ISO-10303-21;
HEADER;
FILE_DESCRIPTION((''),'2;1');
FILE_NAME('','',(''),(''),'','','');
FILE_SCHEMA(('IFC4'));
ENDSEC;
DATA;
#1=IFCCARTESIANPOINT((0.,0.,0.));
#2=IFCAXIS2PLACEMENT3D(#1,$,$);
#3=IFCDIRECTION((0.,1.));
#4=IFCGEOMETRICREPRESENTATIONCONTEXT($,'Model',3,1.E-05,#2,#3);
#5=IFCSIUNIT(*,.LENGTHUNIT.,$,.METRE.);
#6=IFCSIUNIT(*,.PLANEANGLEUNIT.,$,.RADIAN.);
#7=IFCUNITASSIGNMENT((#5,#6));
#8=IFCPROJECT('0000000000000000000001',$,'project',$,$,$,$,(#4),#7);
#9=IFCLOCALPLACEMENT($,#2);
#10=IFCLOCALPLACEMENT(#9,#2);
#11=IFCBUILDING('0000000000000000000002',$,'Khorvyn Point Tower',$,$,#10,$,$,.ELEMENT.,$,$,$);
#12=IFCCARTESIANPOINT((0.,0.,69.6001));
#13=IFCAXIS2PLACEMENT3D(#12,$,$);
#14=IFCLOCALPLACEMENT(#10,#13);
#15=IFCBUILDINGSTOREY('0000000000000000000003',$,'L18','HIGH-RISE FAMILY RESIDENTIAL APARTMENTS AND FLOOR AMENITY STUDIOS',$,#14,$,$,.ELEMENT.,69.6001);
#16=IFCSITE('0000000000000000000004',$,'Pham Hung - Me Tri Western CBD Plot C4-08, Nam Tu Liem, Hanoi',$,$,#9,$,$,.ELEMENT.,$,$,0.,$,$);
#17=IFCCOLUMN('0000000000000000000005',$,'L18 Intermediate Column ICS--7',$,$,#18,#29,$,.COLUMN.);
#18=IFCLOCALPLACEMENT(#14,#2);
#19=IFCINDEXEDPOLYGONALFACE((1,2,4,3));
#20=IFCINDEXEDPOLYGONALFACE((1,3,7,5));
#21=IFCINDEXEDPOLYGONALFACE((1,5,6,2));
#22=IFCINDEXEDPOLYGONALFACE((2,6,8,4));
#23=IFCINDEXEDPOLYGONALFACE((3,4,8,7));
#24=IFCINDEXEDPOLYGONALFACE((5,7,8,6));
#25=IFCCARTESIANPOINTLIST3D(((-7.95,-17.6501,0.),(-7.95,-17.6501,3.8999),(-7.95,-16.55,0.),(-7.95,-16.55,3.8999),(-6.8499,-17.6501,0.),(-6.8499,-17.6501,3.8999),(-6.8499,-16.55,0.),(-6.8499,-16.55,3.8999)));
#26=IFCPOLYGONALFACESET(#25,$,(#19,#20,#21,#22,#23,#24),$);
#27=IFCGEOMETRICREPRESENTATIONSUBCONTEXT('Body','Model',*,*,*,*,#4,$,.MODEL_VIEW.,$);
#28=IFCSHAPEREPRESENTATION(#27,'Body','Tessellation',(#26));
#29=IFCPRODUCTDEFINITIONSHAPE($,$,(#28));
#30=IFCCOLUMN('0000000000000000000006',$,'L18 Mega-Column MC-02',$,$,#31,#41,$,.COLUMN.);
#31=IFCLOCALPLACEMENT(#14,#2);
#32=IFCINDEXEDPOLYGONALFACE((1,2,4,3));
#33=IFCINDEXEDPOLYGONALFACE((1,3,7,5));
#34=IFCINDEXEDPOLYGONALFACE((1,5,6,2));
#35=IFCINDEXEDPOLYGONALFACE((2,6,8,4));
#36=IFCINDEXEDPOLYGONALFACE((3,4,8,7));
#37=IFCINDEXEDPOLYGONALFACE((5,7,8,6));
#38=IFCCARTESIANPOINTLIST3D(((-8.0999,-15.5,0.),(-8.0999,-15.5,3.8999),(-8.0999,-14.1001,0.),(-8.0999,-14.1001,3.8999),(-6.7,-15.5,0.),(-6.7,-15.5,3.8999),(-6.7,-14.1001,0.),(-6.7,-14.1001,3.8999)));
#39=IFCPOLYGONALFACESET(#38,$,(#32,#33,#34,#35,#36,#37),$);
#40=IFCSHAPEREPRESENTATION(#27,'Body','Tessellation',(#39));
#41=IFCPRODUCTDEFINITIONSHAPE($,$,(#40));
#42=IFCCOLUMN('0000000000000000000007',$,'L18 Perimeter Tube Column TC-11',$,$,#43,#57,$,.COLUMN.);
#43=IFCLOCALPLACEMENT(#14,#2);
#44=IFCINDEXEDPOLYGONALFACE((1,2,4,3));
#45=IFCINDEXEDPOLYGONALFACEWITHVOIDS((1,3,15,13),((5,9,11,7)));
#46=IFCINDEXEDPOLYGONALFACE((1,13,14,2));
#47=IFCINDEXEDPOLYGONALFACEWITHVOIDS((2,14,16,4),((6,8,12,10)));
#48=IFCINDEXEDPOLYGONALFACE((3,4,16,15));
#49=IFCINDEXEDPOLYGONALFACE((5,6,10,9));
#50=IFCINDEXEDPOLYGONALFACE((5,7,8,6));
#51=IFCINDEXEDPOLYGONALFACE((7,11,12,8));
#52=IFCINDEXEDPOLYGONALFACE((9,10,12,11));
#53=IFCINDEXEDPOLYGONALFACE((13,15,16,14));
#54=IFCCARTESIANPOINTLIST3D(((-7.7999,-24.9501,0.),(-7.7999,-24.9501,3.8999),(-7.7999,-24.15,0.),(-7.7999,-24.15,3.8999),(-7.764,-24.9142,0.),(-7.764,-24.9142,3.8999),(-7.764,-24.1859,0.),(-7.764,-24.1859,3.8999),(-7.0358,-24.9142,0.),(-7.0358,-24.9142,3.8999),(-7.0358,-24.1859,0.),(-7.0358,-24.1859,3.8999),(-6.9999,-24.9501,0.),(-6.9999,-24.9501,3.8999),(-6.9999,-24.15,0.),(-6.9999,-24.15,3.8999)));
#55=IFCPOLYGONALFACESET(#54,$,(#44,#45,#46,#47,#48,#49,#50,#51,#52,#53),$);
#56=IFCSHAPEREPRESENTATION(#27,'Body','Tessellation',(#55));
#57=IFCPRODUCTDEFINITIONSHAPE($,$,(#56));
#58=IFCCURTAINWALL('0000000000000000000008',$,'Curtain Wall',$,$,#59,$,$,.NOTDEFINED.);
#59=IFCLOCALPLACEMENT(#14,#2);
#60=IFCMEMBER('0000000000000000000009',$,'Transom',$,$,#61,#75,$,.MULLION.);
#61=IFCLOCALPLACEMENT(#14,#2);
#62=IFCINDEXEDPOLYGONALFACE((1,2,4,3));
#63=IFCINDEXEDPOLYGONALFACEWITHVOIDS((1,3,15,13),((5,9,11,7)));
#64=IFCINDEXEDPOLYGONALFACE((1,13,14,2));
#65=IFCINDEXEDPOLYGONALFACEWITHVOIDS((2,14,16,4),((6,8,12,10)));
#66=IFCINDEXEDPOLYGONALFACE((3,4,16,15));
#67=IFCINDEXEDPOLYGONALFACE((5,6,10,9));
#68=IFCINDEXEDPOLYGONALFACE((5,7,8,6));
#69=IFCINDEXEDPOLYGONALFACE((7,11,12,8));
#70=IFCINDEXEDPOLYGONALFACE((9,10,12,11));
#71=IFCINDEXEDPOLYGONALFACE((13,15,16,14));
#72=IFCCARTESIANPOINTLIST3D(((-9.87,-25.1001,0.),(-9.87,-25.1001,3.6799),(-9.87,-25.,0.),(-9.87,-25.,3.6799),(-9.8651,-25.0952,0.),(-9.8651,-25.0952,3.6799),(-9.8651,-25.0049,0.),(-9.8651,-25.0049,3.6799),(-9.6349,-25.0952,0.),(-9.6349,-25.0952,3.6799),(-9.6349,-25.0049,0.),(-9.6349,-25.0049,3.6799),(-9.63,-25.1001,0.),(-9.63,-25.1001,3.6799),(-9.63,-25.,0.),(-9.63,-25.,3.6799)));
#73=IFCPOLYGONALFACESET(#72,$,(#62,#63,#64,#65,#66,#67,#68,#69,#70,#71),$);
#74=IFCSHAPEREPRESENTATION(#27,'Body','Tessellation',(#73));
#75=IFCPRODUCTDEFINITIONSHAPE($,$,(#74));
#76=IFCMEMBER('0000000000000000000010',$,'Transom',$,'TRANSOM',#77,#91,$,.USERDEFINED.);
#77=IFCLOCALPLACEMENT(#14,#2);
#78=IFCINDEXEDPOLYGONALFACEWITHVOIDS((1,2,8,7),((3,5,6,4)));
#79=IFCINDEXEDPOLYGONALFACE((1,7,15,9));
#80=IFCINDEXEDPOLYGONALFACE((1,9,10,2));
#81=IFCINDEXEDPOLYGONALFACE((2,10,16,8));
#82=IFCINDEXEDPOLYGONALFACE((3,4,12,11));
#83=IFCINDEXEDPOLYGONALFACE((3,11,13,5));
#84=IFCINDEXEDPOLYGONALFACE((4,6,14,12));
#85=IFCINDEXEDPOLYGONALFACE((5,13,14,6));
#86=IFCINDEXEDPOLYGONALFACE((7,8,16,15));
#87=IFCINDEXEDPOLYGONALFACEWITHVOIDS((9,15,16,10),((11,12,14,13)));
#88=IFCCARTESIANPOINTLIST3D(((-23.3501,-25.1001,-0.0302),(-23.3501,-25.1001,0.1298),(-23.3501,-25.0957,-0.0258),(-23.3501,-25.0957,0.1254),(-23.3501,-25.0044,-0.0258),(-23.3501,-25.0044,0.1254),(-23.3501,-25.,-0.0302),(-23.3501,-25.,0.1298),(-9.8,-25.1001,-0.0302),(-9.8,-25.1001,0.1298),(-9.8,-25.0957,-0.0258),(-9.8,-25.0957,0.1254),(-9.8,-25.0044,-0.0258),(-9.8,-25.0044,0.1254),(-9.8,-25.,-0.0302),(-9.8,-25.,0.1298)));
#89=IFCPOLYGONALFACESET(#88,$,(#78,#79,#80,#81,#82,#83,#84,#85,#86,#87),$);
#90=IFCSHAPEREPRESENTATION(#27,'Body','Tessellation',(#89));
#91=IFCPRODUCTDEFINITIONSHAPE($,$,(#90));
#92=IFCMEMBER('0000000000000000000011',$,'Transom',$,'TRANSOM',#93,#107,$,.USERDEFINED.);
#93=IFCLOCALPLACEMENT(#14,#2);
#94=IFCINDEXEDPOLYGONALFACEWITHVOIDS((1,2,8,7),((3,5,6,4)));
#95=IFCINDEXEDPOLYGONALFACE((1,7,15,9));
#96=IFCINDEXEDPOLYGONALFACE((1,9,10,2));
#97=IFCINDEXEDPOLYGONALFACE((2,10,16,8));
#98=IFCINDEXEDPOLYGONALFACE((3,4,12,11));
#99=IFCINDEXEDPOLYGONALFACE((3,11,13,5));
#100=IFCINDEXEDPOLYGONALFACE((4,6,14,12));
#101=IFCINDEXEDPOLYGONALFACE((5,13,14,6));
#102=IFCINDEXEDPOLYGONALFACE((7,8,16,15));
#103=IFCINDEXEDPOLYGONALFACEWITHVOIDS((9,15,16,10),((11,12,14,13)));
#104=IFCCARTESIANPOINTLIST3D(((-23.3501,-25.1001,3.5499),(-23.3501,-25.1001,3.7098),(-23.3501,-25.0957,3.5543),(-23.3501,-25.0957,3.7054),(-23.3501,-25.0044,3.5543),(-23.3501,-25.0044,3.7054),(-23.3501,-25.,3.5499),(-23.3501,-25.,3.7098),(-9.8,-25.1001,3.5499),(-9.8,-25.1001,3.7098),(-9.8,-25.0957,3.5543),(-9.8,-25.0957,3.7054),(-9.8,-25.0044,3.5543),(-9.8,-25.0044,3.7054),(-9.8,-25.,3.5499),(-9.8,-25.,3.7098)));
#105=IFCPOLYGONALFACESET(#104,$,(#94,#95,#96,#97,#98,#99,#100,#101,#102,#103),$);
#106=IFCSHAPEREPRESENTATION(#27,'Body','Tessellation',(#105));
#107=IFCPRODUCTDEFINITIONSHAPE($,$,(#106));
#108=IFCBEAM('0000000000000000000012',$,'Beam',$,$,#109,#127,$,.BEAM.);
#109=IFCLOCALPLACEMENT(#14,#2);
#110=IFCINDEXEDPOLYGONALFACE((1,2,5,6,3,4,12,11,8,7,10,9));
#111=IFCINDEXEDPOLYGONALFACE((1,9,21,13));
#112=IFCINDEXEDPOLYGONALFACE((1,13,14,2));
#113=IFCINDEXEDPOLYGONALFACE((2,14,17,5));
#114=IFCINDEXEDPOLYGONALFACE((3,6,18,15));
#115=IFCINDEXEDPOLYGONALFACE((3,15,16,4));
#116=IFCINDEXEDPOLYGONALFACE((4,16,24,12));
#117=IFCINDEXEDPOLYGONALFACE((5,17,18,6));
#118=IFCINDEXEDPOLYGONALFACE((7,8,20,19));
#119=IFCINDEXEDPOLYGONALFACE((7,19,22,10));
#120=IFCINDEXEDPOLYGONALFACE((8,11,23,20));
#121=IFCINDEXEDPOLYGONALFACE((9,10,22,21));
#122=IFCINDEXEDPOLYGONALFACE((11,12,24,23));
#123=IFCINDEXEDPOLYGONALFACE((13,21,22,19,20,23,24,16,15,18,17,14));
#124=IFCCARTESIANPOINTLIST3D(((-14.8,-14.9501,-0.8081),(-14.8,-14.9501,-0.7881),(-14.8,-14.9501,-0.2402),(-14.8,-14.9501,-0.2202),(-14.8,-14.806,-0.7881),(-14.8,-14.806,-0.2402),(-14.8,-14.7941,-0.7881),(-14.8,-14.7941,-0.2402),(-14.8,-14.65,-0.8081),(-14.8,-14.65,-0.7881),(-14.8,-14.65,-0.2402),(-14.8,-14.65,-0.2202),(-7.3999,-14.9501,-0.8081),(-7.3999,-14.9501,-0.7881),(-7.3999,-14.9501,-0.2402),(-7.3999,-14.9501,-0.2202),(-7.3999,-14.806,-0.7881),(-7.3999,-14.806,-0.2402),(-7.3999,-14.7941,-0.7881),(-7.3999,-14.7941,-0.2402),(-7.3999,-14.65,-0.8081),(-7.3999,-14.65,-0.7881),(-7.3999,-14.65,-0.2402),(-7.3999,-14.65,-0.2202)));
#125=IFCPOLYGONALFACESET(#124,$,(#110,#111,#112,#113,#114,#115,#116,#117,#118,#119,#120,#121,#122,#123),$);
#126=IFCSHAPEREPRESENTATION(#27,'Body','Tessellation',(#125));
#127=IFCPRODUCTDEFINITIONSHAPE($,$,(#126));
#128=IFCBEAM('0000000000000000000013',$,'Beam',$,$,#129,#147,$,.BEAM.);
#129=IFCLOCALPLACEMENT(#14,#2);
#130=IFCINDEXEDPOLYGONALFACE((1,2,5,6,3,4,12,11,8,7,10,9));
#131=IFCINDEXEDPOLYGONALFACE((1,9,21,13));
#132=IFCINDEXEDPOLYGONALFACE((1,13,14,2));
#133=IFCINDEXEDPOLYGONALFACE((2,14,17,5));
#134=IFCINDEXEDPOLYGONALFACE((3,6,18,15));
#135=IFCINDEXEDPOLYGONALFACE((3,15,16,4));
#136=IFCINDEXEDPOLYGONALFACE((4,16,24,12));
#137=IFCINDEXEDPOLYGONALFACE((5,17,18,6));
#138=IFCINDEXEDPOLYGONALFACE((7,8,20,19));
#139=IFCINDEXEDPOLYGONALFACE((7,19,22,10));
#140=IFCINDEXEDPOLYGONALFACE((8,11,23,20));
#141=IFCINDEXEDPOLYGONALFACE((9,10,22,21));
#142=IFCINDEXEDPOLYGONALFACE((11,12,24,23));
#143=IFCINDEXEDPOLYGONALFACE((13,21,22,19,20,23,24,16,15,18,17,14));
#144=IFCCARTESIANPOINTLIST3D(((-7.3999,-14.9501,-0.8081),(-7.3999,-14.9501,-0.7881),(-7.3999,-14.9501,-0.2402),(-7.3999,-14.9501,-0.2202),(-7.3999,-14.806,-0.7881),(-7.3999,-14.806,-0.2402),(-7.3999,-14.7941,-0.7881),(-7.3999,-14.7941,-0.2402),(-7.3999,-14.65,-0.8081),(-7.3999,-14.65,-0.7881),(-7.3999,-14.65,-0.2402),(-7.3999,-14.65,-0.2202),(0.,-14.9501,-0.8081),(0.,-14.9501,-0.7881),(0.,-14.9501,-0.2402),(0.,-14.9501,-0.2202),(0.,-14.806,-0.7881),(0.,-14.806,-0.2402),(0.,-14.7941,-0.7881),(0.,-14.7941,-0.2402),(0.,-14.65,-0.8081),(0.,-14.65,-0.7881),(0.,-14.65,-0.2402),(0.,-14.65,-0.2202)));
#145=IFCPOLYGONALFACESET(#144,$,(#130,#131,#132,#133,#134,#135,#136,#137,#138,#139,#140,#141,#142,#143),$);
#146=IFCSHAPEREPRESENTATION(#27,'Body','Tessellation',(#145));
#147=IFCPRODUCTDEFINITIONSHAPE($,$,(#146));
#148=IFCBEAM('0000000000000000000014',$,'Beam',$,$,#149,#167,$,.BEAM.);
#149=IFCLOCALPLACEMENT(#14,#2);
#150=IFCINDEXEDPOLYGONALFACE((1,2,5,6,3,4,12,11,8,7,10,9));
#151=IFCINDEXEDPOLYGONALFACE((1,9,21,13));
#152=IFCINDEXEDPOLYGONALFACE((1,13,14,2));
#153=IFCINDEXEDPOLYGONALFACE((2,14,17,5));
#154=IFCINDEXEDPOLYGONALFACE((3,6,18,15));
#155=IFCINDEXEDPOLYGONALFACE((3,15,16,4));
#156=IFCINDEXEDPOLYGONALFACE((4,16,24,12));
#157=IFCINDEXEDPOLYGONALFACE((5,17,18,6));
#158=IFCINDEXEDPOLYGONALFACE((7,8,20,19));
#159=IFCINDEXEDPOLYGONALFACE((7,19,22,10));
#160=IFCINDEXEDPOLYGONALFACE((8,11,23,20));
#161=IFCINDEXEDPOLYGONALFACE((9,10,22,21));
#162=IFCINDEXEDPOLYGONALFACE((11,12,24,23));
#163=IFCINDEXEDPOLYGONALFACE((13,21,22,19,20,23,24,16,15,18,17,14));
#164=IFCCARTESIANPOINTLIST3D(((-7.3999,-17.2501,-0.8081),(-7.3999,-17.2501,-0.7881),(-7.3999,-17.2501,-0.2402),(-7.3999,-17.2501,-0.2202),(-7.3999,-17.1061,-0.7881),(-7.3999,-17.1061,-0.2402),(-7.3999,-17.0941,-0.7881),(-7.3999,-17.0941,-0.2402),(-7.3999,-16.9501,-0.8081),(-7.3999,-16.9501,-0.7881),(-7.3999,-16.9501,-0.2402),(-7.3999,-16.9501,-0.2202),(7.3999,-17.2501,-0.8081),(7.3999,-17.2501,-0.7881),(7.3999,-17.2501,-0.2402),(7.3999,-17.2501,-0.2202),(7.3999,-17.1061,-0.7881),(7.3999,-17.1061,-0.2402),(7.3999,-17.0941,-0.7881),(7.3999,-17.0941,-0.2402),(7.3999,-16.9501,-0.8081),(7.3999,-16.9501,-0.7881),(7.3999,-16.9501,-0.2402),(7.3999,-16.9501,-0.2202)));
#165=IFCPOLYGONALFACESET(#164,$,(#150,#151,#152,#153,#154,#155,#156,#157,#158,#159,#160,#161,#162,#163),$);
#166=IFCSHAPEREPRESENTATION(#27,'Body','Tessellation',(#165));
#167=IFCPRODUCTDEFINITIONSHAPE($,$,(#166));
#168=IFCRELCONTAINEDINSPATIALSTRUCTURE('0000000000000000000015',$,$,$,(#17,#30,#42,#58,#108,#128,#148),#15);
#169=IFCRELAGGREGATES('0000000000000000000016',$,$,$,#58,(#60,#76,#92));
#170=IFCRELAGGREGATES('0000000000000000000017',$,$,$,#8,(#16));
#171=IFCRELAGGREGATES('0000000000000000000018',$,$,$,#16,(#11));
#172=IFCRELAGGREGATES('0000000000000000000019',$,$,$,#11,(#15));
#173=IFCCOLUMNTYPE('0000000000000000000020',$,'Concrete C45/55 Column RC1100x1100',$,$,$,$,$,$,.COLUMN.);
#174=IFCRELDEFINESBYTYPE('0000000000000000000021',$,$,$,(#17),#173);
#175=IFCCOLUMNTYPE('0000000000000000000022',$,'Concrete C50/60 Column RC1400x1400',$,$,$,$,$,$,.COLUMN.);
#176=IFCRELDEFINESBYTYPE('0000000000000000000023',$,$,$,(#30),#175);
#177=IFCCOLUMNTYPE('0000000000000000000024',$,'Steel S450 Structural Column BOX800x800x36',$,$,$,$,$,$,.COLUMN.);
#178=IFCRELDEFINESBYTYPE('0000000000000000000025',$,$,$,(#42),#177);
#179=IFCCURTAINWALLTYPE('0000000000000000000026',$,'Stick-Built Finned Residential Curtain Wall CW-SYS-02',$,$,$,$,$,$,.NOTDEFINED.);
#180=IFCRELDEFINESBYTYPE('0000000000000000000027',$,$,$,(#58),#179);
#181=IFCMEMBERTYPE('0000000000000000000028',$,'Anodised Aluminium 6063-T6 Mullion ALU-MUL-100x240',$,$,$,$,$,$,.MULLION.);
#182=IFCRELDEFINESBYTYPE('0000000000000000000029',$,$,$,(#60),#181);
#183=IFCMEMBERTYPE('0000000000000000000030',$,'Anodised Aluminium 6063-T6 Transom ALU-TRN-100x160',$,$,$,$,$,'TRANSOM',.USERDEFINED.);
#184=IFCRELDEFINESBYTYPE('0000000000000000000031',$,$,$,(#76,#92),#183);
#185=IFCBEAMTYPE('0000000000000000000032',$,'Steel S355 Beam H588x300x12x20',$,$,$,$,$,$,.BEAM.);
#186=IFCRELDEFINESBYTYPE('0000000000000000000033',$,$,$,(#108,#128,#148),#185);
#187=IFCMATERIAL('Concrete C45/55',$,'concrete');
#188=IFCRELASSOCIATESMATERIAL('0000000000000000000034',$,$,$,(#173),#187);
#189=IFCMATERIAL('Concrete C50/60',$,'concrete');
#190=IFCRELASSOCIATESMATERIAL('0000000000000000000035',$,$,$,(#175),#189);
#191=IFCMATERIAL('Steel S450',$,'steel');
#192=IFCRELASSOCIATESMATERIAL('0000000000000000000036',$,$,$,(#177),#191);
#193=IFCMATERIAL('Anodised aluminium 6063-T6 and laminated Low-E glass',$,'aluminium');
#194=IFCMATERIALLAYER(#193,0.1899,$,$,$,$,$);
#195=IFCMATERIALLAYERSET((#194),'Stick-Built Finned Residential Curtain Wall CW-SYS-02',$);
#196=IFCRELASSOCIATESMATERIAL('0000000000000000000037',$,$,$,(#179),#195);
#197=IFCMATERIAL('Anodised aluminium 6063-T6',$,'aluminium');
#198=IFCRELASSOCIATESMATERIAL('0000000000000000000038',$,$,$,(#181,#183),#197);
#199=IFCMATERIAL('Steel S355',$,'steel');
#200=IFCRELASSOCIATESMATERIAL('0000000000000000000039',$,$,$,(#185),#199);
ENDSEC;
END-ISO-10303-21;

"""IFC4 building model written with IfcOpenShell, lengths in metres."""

from ifc_helpers import new_model, si_unit, direction, frame, origin, origin_2d, place, context, subcontext, project, spatial, rectangle, hollow_rectangle, i_section, extrude, material, layer, layer_set, material_profile, profile_set, type_object, element, aggregate, save


model = new_model("IFC4")

# Units and contexts
model_context = context("Model", 3, precision=1e-05, world=origin(), true_north=direction((0.0, 1.0)))
body_context = subcontext(model_context, "Body", "Model", "MODEL_VIEW")
ifc_project = project(units=[si_unit("LENGTHUNIT", "METRE"), si_unit("PLANEANGLEUNIT", "RADIAN")], contexts=[model_context])

# Site, building, storey
site_placement = place(None, origin())
site = spatial("IfcSite", under=ifc_project, at=site_placement, Name="Pham Hung - Me Tri Western CBD Plot C4-08, Nam Tu Liem, Hanoi", CompositionType="ELEMENT", RefElevation=0.0)
building_placement = place(site_placement, origin())
building = spatial("IfcBuilding", under=site, at=building_placement, Name="Khorvyn Point Tower", CompositionType="ELEMENT")
storey_placement = place(building_placement, frame((0.0, 0.0, 69.6001)))
storey = spatial("IfcBuildingStorey", under=building, at=storey_placement, Name="L18", Description="HIGH-RISE FAMILY RESIDENTIAL APARTMENTS AND FLOOR AMENITY STUDIOS", CompositionType="ELEMENT", Elevation=69.6001)

# Columns
ifc_material_1 = material(Name="Concrete C45/55", Category="concrete")
ifc_material_profile_1 = material_profile(ifc_material_1, rectangle(XDim=1.1001, YDim=1.1001, at=origin_2d()))
ifc_profile_set_1 = profile_set([ifc_material_profile_1], Name="Concrete C45/55 RC1100x1100")
column_type_1 = type_object("IfcColumnType", Name="Concrete C45/55 Column RC1100x1100", PredefinedType="COLUMN", material=ifc_profile_set_1)
column_1_placement = place(storey_placement, frame((-7.3999, -17.1001, 0.0), z_axis=(0.0, 0.0, 1.0), x_axis=(1.0, 0.0, 0.0)))
element("IfcColumn", 1, at=column_1_placement, inside=storey, type_object=column_type_1, Name="L18 Intermediate Column ICS--7", PredefinedType="COLUMN", context=body_context, shape_type="SweptSolid", body=[
    extrude(rectangle(XDim=1.1001, YDim=1.1001, at=origin_2d()), origin(), (0.0, 0.0, 1.0), 3.8999),
])
ifc_material_2 = material(Name="Concrete C50/60", Category="concrete")
ifc_material_profile_2 = material_profile(ifc_material_2, rectangle(XDim=1.3999, YDim=1.3999, at=origin_2d()))
ifc_profile_set_2 = profile_set([ifc_material_profile_2], Name="Concrete C50/60 RC1400x1400")
column_type_2 = type_object("IfcColumnType", Name="Concrete C50/60 Column RC1400x1400", PredefinedType="COLUMN", material=ifc_profile_set_2)
column_2_placement = place(storey_placement, frame((-7.3999, -14.8, 0.0), z_axis=(0.0, 0.0, 1.0), x_axis=(1.0, 0.0, 0.0)))
element("IfcColumn", 2, at=column_2_placement, inside=storey, type_object=column_type_2, Name="L18 Mega-Column MC-02", PredefinedType="COLUMN", context=body_context, shape_type="SweptSolid", body=[
    extrude(rectangle(XDim=1.3999, YDim=1.3999, at=origin_2d()), origin(), (0.0, 0.0, 1.0), 3.8999),
])
ifc_material_3 = material(Name="Steel S450", Category="steel")
ifc_material_profile_3 = material_profile(ifc_material_3, hollow_rectangle(XDim=0.8, YDim=0.8, WallThickness=0.0359, at=origin_2d()))
ifc_profile_set_3 = profile_set([ifc_material_profile_3], Name="Steel S450 BOX800x800x36")
column_type_3 = type_object("IfcColumnType", Name="Steel S450 Structural Column BOX800x800x36", PredefinedType="COLUMN", material=ifc_profile_set_3)
column_3_placement = place(storey_placement, frame((-7.3999, -24.55, 0.0), z_axis=(0.0, 0.0, 1.0), x_axis=(1.0, 0.0, 0.0)))
element("IfcColumn", 3, at=column_3_placement, inside=storey, type_object=column_type_3, Name="L18 Perimeter Tube Column TC-11", PredefinedType="COLUMN", context=body_context, shape_type="SweptSolid", body=[
    extrude(hollow_rectangle(XDim=0.8, YDim=0.8, WallThickness=0.0359, at=origin_2d()), origin(), (0.0, 0.0, 1.0), 3.8999),
])

# Curtain wall, members
ifc_material_4 = material(Name="Anodised aluminium 6063-T6 and laminated Low-E glass", Category="aluminium")
ifc_layer_1 = layer(ifc_material_4, 0.1899)
ifc_layer_set_1 = layer_set([ifc_layer_1], Name="Stick-Built Finned Residential Curtain Wall CW-SYS-02")
curtain_wall_type = type_object("IfcCurtainWallType", Name="Stick-Built Finned Residential Curtain Wall CW-SYS-02", PredefinedType="NOTDEFINED", material=ifc_layer_set_1)
curtain_wall_placement = place(storey_placement, origin())
curtain_wall = element("IfcCurtainWall", 4, at=curtain_wall_placement, inside=storey, type_object=curtain_wall_type, Name="Curtain Wall", PredefinedType="NOTDEFINED")
ifc_material_5 = material(Name="Anodised aluminium 6063-T6", Category="aluminium")
ifc_material_profile_4 = material_profile(ifc_material_5, hollow_rectangle(XDim=0.1001, YDim=0.24, WallThickness=0.0049, at=origin_2d()))
ifc_profile_set_4 = profile_set([ifc_material_profile_4], Name="Anodised aluminium 6063-T6 ALU-MUL-100x240")
member_type_1 = type_object("IfcMemberType", Name="Anodised Aluminium 6063-T6 Mullion ALU-MUL-100x240", PredefinedType="MULLION", material=ifc_profile_set_4)
member_1_placement = place(storey_placement, frame((-9.75, -25.05, 0.0), z_axis=(0.0, 0.0, 1.0), x_axis=(0.0, -1.0, 0.0)))
member_1 = element("IfcMember", 5, at=member_1_placement, type_object=member_type_1, Name="Transom", PredefinedType="MULLION", context=body_context, shape_type="SweptSolid", body=[
    extrude(hollow_rectangle(XDim=0.1001, YDim=0.24, WallThickness=0.0049, at=origin_2d()), origin(), (0.0, 0.0, 1.0), 3.6799),
])
ifc_material_profile_5 = material_profile(ifc_material_5, hollow_rectangle(XDim=0.1001, YDim=0.1599, WallThickness=0.0044, at=origin_2d()))
ifc_profile_set_5 = profile_set([ifc_material_profile_5], Name="Anodised aluminium 6063-T6 ALU-TRN-100x160")
member_type_2 = type_object("IfcMemberType", Name="Anodised Aluminium 6063-T6 Transom ALU-TRN-100x160", ElementType="TRANSOM", PredefinedType="USERDEFINED", material=ifc_profile_set_5)
member_2_placement = place(storey_placement, frame((-9.8, -25.05, 0.0498), z_axis=(-1.0, 0.0, 0.0), x_axis=(0.0, -1.0, 0.0)))
member_2 = element("IfcMember", 6, at=member_2_placement, type_object=member_type_2, Name="Transom", ObjectType="TRANSOM", PredefinedType="USERDEFINED", context=body_context, shape_type="SweptSolid", body=[
    extrude(hollow_rectangle(XDim=0.1001, YDim=0.1599, WallThickness=0.0044, at=origin_2d()), origin(), (0.0, 0.0, 1.0), 13.55),
])
member_3_placement = place(storey_placement, frame((-9.8, -25.05, 3.6299), z_axis=(-1.0, 0.0, 0.0), x_axis=(0.0, -1.0, 0.0)))
member_3 = element("IfcMember", 7, at=member_3_placement, type_object=member_type_2, Name="Transom", ObjectType="TRANSOM", PredefinedType="USERDEFINED", context=body_context, shape_type="SweptSolid", body=[
    extrude(hollow_rectangle(XDim=0.1001, YDim=0.1599, WallThickness=0.0044, at=origin_2d()), origin(), (0.0, 0.0, 1.0), 13.55),
])

# Beams
ifc_material_6 = material(Name="Steel S355", Category="steel")
ifc_material_profile_6 = material_profile(ifc_material_6, i_section(OverallWidth=0.3, OverallDepth=0.5879, WebThickness=0.012, FlangeThickness=0.02, at=origin_2d()))
ifc_profile_set_6 = profile_set([ifc_material_profile_6], Name="Steel S355 H588x300x12x20")
beam_type_1 = type_object("IfcBeamType", Name="Steel S355 Beam H588x300x12x20", PredefinedType="BEAM", material=ifc_profile_set_6)
beam_1_placement = place(storey_placement, frame((-14.8, -14.8, -0.5142), z_axis=(1.0, 0.0, 0.0), x_axis=(0.0, 1.0, 0.0)))
element("IfcBeam", 8, at=beam_1_placement, inside=storey, type_object=beam_type_1, Name="Beam", PredefinedType="BEAM", context=body_context, shape_type="SweptSolid", body=[
    extrude(i_section(OverallWidth=0.3, OverallDepth=0.5879, WebThickness=0.012, FlangeThickness=0.02, at=origin_2d()), origin(), (0.0, 0.0, 1.0), 7.4001),
])
beam_2_placement = place(storey_placement, frame((-7.3999, -14.8, -0.5142), z_axis=(1.0, 0.0, 0.0), x_axis=(0.0, 1.0, 0.0)))
element("IfcBeam", 9, at=beam_2_placement, inside=storey, type_object=beam_type_1, Name="Beam", PredefinedType="BEAM", context=body_context, shape_type="SweptSolid", body=[
    extrude(i_section(OverallWidth=0.3, OverallDepth=0.5879, WebThickness=0.012, FlangeThickness=0.02, at=origin_2d()), origin(), (0.0, 0.0, 1.0), 7.3999),
])
beam_3_placement = place(storey_placement, frame((-7.3999, -17.1001, -0.5142), z_axis=(1.0, 0.0, 0.0), x_axis=(0.0, 1.0, 0.0)))
element("IfcBeam", 10, at=beam_3_placement, inside=storey, type_object=beam_type_1, Name="Beam", PredefinedType="BEAM", context=body_context, shape_type="SweptSolid", body=[
    extrude(i_section(OverallWidth=0.3, OverallDepth=0.5879, WebThickness=0.012, FlangeThickness=0.02, at=origin_2d()), origin(), (0.0, 0.0, 1.0), 14.7998),
])

aggregate(curtain_wall, [member_1, member_2, member_3])

save(model, "model.ifc")
